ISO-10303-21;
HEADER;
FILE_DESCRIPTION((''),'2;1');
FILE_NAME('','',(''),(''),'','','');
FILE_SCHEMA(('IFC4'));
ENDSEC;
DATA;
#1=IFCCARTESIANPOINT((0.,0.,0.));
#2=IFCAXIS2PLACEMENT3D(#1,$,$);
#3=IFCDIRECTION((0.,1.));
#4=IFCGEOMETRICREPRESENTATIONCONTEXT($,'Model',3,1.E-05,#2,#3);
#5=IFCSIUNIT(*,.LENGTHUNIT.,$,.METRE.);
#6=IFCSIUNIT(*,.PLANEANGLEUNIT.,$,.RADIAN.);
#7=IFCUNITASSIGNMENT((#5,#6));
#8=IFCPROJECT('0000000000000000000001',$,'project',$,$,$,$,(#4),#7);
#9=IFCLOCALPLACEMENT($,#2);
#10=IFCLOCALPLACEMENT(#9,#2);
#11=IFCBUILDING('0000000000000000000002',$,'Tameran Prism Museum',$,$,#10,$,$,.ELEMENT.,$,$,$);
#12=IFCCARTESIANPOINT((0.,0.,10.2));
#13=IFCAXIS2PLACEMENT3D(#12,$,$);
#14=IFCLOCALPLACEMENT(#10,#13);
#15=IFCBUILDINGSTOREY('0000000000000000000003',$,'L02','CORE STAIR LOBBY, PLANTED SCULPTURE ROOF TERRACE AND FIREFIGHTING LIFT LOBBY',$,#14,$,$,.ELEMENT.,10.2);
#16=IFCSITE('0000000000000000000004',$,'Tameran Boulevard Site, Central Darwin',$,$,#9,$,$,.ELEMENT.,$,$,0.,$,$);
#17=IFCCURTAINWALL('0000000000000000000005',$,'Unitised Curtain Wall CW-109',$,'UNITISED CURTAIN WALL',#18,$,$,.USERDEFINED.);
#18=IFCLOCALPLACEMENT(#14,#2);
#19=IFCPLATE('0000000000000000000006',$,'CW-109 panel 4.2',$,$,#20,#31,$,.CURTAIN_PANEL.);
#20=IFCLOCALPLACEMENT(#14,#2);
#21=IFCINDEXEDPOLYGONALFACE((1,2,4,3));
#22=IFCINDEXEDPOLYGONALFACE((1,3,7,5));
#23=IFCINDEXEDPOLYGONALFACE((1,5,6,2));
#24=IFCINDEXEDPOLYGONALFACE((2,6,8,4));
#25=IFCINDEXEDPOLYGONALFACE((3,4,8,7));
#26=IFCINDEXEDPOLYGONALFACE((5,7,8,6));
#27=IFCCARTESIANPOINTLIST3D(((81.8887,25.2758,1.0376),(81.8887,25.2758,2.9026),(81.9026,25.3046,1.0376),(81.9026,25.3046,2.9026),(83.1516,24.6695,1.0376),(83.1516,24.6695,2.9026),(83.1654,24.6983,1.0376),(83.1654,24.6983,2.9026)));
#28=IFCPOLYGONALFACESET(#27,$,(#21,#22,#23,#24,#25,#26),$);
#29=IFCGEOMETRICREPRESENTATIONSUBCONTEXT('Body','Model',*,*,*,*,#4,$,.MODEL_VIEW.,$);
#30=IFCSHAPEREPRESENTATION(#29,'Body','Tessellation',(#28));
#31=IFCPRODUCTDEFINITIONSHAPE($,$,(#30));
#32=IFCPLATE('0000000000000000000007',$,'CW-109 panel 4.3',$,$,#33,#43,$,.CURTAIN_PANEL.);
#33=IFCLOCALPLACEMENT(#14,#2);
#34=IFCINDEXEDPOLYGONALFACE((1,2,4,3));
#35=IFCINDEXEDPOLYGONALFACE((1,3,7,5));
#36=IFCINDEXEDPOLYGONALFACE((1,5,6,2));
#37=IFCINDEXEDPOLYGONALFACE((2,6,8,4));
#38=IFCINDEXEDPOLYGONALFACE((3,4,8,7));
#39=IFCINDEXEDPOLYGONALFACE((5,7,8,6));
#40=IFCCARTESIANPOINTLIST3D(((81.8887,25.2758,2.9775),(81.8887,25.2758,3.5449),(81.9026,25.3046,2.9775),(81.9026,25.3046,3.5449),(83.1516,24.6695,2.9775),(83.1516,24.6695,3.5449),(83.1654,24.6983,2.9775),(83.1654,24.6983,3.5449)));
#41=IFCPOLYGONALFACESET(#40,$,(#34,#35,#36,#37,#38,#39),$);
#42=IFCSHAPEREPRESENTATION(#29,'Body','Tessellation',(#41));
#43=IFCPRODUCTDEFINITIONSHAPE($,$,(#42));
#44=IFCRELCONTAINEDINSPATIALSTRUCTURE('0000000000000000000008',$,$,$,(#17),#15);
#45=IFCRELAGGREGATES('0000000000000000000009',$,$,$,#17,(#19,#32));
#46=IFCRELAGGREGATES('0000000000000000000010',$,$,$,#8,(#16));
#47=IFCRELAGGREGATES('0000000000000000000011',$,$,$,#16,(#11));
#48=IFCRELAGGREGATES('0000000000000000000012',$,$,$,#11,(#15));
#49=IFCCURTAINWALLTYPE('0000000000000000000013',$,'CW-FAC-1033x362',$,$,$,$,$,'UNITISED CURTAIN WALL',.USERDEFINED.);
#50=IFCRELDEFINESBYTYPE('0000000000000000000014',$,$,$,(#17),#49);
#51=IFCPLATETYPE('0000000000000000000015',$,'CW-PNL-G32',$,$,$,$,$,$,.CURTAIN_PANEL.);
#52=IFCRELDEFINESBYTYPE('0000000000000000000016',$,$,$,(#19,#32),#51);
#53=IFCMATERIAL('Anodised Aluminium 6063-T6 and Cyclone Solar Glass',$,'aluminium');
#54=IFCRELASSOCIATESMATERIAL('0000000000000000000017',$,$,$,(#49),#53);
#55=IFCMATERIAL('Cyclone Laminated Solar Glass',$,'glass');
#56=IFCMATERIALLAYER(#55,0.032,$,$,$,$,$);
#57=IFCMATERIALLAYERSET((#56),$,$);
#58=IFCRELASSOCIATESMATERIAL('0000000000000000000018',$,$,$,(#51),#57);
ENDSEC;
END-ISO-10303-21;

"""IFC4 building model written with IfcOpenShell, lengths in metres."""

from ifc_helpers import new_model, si_unit, direction, frame, origin, origin_2d, place, context, subcontext, project, spatial, rectangle, extrude, material, layer, layer_set, type_object, element, aggregate, save


model = new_model("IFC4")

# Units and contexts
model_context = context("Model", 3, precision=1e-05, world=origin(), true_north=direction((0.0, 1.0)))
body_context = subcontext(model_context, "Body", "Model", "MODEL_VIEW")
ifc_project = project(units=[si_unit("LENGTHUNIT", "METRE"), si_unit("PLANEANGLEUNIT", "RADIAN")], contexts=[model_context])

# Site, building, storey
site_placement = place(None, origin())
site = spatial("IfcSite", under=ifc_project, at=site_placement, Name="Tameran Boulevard Site, Central Darwin", CompositionType="ELEMENT", RefElevation=0.0)
building_placement = place(site_placement, origin())
building = spatial("IfcBuilding", under=site, at=building_placement, Name="Tameran Prism Museum", CompositionType="ELEMENT")
storey_placement = place(building_placement, frame((0.0, 0.0, 10.2)))
storey = spatial("IfcBuildingStorey", under=building, at=storey_placement, Name="L02", Description="CORE STAIR LOBBY, PLANTED SCULPTURE ROOF TERRACE AND FIREFIGHTING LIFT LOBBY", CompositionType="ELEMENT", Elevation=10.2)

# Curtain wall, plates
ifc_material_1 = material(Name="Anodised Aluminium 6063-T6 and Cyclone Solar Glass", Category="aluminium")
curtain_wall_type = type_object("IfcCurtainWallType", Name="CW-FAC-1033x362", ElementType="UNITISED CURTAIN WALL", PredefinedType="USERDEFINED", material=ifc_material_1)
curtain_wall_placement = place(storey_placement, origin())
curtain_wall = element("IfcCurtainWall", 1, at=curtain_wall_placement, inside=storey, type_object=curtain_wall_type, Name="Unitised Curtain Wall CW-109", ObjectType="UNITISED CURTAIN WALL", PredefinedType="USERDEFINED")
ifc_material_2 = material(Name="Cyclone Laminated Solar Glass", Category="glass")
ifc_layer = layer(ifc_material_2, 0.032)
ifc_layer_set = layer_set([ifc_layer])
plate_type = type_object("IfcPlateType", Name="CW-PNL-G32", PredefinedType="CURTAIN_PANEL", material=ifc_layer_set)
plate_1_placement = place(storey_placement, frame((82.5271, 24.9871, 1.0376), z_axis=(0.0, 0.0, 1.0), x_axis=(-0.901475, 0.432832, 0.0)))
plate_1 = element("IfcPlate", 2, at=plate_1_placement, type_object=plate_type, Name="CW-109 panel 4.2", PredefinedType="CURTAIN_PANEL", context=body_context, shape_type="SweptSolid", body=[
    extrude(rectangle(XDim=1.4009, YDim=0.032, at=origin_2d()), origin(), (0.0, 0.0, 1.0), 1.865),
])
plate_2_placement = place(storey_placement, frame((82.5271, 24.9871, 2.9775), z_axis=(0.0, 0.0, 1.0), x_axis=(-0.901475, 0.432832, 0.0)))
plate_2 = element("IfcPlate", 3, at=plate_2_placement, type_object=plate_type, Name="CW-109 panel 4.3", PredefinedType="CURTAIN_PANEL", context=body_context, shape_type="SweptSolid", body=[
    extrude(rectangle(XDim=1.4009, YDim=0.032, at=origin_2d()), origin(), (0.0, 0.0, 1.0), 0.5674),
])
aggregate(curtain_wall, [plate_1, plate_2])

save(model, "model.ifc")
